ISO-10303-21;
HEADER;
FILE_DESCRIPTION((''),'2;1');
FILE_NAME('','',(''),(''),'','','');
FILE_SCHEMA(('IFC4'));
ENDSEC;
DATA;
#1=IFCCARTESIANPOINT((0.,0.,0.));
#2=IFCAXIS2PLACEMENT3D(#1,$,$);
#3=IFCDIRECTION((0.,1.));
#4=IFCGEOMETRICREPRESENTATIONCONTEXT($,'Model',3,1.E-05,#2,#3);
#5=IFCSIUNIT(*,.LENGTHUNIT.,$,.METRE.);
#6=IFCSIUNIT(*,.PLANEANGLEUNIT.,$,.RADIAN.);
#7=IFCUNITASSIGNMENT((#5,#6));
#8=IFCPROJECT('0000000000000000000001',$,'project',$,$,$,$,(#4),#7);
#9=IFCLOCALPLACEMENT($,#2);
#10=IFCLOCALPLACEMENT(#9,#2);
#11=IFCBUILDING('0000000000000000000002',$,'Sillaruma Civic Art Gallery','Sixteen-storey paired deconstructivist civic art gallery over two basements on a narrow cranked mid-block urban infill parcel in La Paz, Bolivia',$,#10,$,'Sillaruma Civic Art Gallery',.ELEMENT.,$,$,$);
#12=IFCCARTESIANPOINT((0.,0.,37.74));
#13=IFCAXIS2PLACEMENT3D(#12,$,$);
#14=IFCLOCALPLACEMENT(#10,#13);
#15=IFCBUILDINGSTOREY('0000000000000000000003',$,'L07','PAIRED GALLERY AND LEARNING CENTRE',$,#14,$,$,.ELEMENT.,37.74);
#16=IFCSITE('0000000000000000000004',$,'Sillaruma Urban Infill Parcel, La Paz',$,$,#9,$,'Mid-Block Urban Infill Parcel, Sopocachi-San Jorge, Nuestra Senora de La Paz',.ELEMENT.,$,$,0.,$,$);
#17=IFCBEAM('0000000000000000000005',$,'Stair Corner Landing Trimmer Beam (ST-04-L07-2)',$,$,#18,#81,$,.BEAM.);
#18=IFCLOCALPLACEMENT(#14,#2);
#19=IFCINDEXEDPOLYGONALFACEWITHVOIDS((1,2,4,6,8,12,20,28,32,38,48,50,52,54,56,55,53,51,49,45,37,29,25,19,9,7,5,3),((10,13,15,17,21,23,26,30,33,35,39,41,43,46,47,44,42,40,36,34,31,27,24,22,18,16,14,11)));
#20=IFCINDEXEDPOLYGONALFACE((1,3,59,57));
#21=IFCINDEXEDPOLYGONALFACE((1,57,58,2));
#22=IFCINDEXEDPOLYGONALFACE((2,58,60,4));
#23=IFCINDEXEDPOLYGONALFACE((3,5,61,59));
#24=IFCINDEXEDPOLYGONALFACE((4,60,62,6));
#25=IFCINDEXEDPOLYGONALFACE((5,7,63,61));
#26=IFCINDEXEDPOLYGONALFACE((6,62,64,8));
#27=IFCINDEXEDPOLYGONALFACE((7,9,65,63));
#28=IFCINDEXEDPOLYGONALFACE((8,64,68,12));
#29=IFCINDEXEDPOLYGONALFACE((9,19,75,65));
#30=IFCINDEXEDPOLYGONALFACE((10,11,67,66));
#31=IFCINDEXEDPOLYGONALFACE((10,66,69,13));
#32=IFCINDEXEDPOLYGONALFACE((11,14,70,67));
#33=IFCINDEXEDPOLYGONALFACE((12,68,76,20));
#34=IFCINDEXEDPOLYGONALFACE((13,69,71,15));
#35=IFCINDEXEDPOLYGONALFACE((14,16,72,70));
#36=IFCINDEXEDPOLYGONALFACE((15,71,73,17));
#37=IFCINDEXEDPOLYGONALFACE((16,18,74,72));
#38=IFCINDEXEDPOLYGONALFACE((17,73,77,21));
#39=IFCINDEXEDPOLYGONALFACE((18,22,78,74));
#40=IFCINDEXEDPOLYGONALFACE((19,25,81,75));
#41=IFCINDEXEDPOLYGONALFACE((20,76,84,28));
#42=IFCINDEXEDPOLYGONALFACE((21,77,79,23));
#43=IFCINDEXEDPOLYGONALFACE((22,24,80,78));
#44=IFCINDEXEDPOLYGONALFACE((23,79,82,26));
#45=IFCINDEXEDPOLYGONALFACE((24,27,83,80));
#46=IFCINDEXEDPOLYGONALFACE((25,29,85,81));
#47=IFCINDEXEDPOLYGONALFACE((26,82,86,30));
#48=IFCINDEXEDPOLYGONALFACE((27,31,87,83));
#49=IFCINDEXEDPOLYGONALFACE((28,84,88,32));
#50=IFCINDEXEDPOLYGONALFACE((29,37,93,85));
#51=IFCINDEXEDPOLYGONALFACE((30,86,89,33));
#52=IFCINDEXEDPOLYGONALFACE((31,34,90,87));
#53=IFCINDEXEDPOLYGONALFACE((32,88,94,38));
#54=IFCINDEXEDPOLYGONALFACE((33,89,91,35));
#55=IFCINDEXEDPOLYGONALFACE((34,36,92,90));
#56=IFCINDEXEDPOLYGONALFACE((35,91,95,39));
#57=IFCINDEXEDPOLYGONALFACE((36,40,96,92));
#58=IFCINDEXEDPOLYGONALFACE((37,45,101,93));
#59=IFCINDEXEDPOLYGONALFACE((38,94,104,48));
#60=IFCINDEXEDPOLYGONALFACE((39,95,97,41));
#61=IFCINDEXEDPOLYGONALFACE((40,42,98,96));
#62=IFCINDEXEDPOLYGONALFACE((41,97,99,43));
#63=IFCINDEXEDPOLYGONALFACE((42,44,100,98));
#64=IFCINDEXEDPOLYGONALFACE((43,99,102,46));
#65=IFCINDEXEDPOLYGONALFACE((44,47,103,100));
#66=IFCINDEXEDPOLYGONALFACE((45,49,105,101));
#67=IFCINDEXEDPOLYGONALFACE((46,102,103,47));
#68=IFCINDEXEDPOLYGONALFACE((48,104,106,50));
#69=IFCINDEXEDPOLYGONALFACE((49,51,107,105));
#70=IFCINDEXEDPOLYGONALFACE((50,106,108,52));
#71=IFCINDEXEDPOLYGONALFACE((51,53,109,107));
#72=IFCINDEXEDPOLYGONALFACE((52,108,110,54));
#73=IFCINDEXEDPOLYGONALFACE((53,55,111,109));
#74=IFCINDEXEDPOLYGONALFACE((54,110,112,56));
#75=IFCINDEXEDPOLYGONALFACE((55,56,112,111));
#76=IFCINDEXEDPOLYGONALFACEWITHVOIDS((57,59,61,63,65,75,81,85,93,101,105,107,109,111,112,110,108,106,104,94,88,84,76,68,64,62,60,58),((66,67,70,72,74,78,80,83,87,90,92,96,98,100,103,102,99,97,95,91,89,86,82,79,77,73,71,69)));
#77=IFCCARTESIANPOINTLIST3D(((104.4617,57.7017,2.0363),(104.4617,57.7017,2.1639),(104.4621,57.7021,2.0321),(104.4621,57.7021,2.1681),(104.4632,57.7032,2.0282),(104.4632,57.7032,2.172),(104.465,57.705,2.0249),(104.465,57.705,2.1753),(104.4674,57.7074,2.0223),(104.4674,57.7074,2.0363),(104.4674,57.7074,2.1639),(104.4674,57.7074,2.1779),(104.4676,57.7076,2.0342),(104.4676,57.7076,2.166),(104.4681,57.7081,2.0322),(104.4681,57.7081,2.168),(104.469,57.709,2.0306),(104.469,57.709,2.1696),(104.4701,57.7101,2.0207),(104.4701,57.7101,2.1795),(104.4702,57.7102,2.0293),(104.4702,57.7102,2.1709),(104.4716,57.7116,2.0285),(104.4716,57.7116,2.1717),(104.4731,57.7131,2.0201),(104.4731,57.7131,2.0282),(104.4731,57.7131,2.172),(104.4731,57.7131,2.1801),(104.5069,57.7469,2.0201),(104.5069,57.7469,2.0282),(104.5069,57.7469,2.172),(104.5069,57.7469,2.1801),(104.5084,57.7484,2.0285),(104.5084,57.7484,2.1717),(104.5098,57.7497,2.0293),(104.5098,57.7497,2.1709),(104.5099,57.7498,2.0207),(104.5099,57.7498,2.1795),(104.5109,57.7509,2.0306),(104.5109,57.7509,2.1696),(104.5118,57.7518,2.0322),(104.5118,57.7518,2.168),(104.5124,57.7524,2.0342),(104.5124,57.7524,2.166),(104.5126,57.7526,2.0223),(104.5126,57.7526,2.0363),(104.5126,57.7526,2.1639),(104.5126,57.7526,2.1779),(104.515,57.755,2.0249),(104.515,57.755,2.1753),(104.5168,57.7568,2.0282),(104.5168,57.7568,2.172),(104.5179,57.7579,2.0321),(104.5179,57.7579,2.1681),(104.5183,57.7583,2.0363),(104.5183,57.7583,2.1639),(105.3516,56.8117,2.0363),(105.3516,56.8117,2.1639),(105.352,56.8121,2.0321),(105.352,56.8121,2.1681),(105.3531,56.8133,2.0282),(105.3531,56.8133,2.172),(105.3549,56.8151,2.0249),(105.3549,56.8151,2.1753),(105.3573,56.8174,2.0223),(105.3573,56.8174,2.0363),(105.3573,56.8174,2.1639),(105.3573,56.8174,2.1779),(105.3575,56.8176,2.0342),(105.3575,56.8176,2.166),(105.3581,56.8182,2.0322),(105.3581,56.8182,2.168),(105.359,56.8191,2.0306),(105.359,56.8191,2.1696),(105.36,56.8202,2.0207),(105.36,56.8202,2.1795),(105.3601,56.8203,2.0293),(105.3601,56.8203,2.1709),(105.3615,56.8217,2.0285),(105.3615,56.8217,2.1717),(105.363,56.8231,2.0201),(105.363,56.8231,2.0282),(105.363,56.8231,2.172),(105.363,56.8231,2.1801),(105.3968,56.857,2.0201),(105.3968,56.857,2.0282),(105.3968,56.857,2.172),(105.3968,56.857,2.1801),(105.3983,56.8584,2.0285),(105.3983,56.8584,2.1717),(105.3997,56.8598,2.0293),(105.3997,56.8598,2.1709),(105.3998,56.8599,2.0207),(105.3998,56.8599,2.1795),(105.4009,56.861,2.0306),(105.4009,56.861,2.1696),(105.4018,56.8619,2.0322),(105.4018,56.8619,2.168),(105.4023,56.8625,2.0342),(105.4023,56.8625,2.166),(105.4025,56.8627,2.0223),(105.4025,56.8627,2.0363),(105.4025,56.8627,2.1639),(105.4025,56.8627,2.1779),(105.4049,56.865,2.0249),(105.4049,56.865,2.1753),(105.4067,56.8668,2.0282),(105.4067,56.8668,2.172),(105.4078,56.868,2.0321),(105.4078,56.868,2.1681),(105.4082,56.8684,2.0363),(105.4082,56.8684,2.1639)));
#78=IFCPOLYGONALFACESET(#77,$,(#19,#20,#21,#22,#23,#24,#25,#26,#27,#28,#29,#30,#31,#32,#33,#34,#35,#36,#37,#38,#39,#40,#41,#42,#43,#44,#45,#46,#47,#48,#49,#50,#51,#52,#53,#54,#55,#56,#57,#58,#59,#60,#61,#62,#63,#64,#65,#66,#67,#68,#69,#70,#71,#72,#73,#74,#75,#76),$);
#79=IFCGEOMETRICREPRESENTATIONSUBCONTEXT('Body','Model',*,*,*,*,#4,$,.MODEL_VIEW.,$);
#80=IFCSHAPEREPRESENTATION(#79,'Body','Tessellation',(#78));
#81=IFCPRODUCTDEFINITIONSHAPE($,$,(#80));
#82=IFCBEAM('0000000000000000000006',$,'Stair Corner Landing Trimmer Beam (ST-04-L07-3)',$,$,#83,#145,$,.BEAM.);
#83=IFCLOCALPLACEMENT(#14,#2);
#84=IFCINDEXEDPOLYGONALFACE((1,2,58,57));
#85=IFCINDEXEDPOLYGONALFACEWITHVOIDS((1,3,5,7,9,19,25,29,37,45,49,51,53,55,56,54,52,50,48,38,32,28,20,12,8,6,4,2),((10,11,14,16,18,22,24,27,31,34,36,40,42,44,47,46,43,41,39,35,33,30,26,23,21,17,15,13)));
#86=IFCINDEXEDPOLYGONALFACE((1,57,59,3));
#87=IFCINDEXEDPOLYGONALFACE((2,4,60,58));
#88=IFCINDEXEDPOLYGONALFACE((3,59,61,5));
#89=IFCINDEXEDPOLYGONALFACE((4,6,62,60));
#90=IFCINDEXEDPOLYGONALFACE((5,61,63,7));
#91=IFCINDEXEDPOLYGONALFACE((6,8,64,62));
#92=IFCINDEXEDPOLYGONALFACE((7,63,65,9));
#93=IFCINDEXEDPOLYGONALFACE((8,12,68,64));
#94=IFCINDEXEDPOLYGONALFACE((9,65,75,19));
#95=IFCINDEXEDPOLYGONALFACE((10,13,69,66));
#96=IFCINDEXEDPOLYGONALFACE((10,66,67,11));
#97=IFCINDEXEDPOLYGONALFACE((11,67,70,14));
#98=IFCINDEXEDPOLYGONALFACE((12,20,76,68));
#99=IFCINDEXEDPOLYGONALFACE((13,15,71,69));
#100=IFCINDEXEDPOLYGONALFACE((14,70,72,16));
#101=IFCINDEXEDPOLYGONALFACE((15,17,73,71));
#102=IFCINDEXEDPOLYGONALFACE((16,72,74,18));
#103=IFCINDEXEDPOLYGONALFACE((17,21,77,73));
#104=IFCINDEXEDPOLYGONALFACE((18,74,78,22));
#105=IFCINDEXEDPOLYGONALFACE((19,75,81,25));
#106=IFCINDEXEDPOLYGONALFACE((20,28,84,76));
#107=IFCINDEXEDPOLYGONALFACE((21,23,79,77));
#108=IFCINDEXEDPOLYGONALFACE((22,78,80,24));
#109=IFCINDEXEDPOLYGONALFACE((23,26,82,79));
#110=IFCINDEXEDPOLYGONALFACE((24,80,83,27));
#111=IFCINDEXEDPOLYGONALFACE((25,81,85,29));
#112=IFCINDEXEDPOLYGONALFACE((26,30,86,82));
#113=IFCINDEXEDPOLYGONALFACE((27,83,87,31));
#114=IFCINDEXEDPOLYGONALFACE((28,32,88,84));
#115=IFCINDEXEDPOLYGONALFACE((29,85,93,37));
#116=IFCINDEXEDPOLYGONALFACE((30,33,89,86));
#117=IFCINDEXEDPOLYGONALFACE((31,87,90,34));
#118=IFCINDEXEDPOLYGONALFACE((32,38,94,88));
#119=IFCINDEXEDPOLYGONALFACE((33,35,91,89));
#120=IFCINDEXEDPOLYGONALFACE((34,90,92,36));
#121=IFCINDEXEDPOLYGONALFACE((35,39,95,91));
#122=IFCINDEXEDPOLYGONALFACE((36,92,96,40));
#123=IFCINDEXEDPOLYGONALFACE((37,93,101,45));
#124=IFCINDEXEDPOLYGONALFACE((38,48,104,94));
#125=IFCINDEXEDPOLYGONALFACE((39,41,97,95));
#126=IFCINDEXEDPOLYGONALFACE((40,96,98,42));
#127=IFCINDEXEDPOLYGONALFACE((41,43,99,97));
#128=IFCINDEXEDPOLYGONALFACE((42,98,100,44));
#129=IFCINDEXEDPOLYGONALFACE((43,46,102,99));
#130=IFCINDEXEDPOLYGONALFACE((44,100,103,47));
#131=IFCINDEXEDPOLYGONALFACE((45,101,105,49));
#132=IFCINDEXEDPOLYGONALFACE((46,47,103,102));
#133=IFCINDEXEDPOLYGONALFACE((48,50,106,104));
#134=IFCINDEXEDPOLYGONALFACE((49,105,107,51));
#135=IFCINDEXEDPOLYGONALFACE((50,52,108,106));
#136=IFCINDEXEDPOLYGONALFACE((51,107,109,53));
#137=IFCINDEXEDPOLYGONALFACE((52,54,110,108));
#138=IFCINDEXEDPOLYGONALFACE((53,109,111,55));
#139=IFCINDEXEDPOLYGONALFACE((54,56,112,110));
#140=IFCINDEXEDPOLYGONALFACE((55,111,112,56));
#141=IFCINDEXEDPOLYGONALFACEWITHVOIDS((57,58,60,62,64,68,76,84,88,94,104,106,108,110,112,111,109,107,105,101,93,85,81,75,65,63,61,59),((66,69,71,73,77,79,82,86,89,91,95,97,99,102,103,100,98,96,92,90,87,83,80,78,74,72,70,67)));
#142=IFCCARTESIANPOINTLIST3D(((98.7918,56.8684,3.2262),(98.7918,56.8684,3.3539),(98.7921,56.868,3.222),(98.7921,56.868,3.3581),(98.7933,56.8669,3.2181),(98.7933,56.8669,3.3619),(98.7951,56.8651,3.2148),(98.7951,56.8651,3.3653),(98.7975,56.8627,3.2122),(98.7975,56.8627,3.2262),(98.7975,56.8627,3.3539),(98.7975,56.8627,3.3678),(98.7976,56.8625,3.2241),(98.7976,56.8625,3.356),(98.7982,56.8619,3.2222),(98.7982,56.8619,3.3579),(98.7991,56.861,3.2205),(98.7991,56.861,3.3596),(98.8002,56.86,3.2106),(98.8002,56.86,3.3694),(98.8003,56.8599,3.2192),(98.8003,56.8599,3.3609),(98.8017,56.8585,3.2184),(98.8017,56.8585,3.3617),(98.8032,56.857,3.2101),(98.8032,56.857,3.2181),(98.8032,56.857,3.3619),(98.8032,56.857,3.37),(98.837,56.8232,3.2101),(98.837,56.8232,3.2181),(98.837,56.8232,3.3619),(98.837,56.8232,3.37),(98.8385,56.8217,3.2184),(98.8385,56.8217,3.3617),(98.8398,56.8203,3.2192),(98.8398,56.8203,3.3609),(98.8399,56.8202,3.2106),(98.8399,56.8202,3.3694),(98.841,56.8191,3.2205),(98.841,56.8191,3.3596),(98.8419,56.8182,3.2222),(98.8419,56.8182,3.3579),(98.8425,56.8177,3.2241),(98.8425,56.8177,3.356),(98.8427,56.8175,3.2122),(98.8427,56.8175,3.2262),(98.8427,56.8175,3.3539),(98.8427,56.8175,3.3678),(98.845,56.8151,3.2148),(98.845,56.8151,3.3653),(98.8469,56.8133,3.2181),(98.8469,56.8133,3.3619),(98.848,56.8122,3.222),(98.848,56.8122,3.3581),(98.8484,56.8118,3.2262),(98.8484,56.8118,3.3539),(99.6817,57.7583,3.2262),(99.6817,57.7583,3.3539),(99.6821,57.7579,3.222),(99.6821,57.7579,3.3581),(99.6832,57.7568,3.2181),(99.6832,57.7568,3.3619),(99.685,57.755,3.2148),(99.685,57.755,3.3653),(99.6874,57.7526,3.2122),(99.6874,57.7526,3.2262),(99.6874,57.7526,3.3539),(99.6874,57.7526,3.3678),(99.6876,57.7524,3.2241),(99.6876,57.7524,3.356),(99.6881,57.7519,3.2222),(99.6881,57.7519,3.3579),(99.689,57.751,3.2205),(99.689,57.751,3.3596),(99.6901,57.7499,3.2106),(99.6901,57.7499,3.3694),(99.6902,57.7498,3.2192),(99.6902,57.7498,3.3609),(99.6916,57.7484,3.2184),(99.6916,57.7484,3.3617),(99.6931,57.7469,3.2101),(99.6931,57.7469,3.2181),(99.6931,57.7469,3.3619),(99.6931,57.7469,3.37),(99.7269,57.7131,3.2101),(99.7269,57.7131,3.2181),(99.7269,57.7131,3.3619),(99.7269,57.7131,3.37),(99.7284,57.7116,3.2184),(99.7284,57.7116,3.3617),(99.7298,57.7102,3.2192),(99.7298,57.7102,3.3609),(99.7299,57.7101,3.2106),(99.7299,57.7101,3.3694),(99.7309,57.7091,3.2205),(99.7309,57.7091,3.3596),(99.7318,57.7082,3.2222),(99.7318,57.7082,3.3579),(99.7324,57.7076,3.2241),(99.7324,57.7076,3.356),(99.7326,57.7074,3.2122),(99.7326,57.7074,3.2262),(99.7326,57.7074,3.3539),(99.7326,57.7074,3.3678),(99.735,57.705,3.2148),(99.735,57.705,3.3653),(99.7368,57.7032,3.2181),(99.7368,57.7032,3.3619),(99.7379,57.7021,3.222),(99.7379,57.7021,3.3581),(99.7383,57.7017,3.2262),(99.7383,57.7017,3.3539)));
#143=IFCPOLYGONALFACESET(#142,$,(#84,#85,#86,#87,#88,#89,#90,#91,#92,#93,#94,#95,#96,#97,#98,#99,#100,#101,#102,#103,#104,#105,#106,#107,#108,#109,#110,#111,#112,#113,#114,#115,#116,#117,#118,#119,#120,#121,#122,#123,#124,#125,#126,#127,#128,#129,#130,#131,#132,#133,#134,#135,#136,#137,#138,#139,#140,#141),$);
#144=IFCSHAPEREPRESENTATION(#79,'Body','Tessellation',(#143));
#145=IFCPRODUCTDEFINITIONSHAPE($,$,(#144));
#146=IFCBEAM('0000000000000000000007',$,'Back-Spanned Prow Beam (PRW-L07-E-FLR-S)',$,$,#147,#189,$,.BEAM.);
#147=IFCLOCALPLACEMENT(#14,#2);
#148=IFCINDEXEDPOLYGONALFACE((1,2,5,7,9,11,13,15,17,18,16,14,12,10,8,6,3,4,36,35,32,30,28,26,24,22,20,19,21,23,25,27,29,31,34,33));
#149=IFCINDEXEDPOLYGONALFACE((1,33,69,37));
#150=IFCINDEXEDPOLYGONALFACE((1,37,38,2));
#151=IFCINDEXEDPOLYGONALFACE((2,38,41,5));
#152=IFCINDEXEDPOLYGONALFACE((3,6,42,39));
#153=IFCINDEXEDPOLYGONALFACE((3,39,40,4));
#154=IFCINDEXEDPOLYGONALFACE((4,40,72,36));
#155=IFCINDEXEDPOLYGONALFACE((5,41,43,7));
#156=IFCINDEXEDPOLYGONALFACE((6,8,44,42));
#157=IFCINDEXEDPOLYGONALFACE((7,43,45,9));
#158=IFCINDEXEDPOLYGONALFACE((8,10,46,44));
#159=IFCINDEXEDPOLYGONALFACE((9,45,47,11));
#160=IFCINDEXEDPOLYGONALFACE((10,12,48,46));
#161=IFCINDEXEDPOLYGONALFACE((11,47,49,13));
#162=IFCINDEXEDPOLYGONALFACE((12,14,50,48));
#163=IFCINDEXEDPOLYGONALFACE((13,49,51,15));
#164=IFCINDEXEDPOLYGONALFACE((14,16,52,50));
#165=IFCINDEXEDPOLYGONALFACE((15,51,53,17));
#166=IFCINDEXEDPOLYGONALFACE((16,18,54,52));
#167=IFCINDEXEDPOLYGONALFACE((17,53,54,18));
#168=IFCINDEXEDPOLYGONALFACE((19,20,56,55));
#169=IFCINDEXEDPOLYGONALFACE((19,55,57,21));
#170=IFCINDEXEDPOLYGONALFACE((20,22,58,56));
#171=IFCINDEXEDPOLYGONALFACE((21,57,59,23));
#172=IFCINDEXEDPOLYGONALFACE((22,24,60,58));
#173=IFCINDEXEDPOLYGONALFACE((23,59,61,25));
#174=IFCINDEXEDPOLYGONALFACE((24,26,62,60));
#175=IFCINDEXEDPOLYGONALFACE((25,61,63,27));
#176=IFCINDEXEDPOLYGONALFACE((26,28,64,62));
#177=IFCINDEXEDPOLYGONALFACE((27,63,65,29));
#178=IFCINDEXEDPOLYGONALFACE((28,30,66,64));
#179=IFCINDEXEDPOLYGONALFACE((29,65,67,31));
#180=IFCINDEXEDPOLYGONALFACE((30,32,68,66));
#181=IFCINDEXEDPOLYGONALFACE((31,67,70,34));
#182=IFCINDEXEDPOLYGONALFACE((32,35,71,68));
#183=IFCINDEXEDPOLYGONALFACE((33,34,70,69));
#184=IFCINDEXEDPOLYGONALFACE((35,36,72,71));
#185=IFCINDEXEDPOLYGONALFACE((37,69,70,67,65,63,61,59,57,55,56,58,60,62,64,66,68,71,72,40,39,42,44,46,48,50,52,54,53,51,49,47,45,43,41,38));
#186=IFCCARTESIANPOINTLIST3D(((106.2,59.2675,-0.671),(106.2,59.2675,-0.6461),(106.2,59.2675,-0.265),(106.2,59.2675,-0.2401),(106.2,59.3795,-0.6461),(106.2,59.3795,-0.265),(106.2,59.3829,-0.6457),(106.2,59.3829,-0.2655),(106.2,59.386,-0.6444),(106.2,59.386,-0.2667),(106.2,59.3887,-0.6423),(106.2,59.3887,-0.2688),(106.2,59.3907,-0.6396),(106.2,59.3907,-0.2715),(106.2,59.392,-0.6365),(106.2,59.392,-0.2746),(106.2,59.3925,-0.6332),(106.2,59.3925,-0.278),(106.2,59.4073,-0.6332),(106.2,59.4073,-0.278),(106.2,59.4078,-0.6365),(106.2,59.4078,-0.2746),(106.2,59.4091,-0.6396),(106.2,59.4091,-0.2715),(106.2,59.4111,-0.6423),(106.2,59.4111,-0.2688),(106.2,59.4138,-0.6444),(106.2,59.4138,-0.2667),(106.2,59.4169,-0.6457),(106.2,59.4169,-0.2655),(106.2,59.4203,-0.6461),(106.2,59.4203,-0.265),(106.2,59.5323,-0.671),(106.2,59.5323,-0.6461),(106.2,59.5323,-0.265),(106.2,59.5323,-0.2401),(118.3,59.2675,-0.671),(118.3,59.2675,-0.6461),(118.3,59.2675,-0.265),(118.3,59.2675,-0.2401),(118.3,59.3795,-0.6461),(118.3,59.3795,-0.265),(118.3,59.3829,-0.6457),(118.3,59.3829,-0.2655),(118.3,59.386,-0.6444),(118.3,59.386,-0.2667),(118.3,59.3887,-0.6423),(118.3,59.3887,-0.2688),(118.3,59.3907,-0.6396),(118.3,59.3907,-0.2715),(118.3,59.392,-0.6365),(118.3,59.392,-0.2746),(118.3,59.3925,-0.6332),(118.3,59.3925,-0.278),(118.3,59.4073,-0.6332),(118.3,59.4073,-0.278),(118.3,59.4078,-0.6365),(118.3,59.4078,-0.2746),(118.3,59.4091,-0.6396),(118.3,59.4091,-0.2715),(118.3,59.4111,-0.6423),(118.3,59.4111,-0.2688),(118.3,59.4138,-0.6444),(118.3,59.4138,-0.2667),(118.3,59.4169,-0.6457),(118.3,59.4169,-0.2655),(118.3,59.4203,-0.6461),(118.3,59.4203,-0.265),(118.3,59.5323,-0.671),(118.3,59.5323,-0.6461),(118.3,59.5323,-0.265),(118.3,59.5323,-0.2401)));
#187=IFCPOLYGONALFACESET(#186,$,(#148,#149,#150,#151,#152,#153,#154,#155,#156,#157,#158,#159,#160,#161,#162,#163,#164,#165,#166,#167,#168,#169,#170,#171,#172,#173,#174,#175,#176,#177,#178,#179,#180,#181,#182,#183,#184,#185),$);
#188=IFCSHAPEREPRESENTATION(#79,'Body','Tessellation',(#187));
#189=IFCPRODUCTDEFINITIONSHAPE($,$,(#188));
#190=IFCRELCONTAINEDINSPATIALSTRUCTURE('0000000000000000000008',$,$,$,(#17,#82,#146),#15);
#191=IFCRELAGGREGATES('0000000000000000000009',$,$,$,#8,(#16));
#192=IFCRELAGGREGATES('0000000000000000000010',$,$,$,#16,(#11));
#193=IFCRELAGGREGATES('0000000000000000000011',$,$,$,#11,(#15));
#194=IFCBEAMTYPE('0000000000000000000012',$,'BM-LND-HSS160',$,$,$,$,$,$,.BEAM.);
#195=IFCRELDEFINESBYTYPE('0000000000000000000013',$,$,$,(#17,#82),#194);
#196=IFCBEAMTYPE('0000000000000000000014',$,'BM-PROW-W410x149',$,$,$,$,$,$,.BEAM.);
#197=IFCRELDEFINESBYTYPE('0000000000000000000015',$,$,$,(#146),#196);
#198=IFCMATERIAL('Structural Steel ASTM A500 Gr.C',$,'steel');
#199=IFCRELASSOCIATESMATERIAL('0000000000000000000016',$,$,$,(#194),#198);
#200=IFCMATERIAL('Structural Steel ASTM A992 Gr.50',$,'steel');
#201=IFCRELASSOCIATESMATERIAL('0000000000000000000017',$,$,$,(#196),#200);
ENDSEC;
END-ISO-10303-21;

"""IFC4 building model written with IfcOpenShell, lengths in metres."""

from ifc_helpers import new_model, si_unit, direction, frame, origin, origin_2d, place, context, subcontext, project, spatial, hollow_rectangle, i_section, extrude, material, material_profile, profile_set, type_object, element, save


model = new_model("IFC4")

# Units and contexts
model_context = context("Model", 3, precision=1e-05, world=origin(), true_north=direction((0.0, 1.0)))
body_context = subcontext(model_context, "Body", "Model", "MODEL_VIEW")
ifc_project = project(units=[si_unit("LENGTHUNIT", "METRE"), si_unit("PLANEANGLEUNIT", "RADIAN")], contexts=[model_context])

# Site, building, storey
site_placement = place(None, origin())
site = spatial("IfcSite", under=ifc_project, at=site_placement, Name="Sillaruma Urban Infill Parcel, La Paz", LongName="Mid-Block Urban Infill Parcel, Sopocachi-San Jorge, Nuestra Senora de La Paz", CompositionType="ELEMENT", RefElevation=0.0)
building_placement = place(site_placement, origin())
building = spatial("IfcBuilding", under=site, at=building_placement, Name="Sillaruma Civic Art Gallery", Description="Sixteen-storey paired deconstructivist civic art gallery over two basements on a narrow cranked mid-block urban infill parcel in La Paz, Bolivia", LongName="Sillaruma Civic Art Gallery", CompositionType="ELEMENT")
storey_placement = place(building_placement, frame((0.0, 0.0, 37.74)))
storey = spatial("IfcBuildingStorey", under=building, at=storey_placement, Name="L07", Description="PAIRED GALLERY AND LEARNING CENTRE", CompositionType="ELEMENT", Elevation=37.74)

# Beams
ifc_material_1 = material(Name="Structural Steel ASTM A500 Gr.C", Category="steel")
ifc_material_profile_1 = material_profile(ifc_material_1, hollow_rectangle(XDim=0.0801, YDim=0.1599, WallThickness=0.0081, InnerFilletRadius=0.0081, OuterFilletRadius=0.0161, at=origin_2d()), Name="HSS160x80x8")
ifc_profile_set_1 = profile_set([ifc_material_profile_1], Name="Structural Steel ASTM A500 Gr.C")
beam_type_1 = type_object("IfcBeamType", Name="BM-LND-HSS160", PredefinedType="BEAM", material=ifc_profile_set_1)
for number, where, z_axis, x_axis, name in (
    (1, (104.49, 57.73, 2.1001), (0.707107, -0.707107, 0.0), (0.707107, 0.707107, 0.0), "Stair Corner Landing Trimmer Beam (ST-04-L07-2)"),
    (2, (98.8201, 56.8401, 3.29), (0.707107, 0.707107, 0.0), (-0.707107, 0.707107, 0.0), "Stair Corner Landing Trimmer Beam (ST-04-L07-3)"),
):
    element("IfcBeam", number, at=place(storey_placement, frame(where, z_axis=z_axis, x_axis=x_axis)), inside=storey, type_object=beam_type_1, Name=name, PredefinedType="BEAM", context=body_context, shape_type="SweptSolid", body=[
        extrude(hollow_rectangle(XDim=0.0801, YDim=0.1599, WallThickness=0.0081, InnerFilletRadius=0.0081, OuterFilletRadius=0.0161, at=origin_2d()), origin(), (0.0, 0.0, 1.0), 1.2585),
    ])
ifc_material_2 = material(Name="Structural Steel ASTM A992 Gr.50", Category="steel")
ifc_material_profile_2 = material_profile(ifc_material_2, i_section(OverallWidth=0.2649, OverallDepth=0.4309, WebThickness=0.0149, FlangeThickness=0.0249, FilletRadius=0.0129, at=origin_2d()), Name="W410x149")
ifc_profile_set_2 = profile_set([ifc_material_profile_2], Name="Structural Steel ASTM A992 Gr.50")
beam_type_2 = type_object("IfcBeamType", Name="BM-PROW-W410x149", PredefinedType="BEAM", material=ifc_profile_set_2)
beam_1_placement = place(storey_placement, frame((106.2, 59.3999, -0.4556), z_axis=(1.0, 0.0, 0.0), x_axis=(0.0, 1.0, 0.0)))
element("IfcBeam", 3, at=beam_1_placement, inside=storey, type_object=beam_type_2, Name="Back-Spanned Prow Beam (PRW-L07-E-FLR-S)", PredefinedType="BEAM", context=body_context, shape_type="SweptSolid", body=[
    extrude(i_section(OverallWidth=0.2649, OverallDepth=0.4309, WebThickness=0.0149, FlangeThickness=0.0249, FilletRadius=0.0129, at=origin_2d()), origin(), (0.0, 0.0, 1.0), 12.1001),
])

save(model, "model.ifc")
